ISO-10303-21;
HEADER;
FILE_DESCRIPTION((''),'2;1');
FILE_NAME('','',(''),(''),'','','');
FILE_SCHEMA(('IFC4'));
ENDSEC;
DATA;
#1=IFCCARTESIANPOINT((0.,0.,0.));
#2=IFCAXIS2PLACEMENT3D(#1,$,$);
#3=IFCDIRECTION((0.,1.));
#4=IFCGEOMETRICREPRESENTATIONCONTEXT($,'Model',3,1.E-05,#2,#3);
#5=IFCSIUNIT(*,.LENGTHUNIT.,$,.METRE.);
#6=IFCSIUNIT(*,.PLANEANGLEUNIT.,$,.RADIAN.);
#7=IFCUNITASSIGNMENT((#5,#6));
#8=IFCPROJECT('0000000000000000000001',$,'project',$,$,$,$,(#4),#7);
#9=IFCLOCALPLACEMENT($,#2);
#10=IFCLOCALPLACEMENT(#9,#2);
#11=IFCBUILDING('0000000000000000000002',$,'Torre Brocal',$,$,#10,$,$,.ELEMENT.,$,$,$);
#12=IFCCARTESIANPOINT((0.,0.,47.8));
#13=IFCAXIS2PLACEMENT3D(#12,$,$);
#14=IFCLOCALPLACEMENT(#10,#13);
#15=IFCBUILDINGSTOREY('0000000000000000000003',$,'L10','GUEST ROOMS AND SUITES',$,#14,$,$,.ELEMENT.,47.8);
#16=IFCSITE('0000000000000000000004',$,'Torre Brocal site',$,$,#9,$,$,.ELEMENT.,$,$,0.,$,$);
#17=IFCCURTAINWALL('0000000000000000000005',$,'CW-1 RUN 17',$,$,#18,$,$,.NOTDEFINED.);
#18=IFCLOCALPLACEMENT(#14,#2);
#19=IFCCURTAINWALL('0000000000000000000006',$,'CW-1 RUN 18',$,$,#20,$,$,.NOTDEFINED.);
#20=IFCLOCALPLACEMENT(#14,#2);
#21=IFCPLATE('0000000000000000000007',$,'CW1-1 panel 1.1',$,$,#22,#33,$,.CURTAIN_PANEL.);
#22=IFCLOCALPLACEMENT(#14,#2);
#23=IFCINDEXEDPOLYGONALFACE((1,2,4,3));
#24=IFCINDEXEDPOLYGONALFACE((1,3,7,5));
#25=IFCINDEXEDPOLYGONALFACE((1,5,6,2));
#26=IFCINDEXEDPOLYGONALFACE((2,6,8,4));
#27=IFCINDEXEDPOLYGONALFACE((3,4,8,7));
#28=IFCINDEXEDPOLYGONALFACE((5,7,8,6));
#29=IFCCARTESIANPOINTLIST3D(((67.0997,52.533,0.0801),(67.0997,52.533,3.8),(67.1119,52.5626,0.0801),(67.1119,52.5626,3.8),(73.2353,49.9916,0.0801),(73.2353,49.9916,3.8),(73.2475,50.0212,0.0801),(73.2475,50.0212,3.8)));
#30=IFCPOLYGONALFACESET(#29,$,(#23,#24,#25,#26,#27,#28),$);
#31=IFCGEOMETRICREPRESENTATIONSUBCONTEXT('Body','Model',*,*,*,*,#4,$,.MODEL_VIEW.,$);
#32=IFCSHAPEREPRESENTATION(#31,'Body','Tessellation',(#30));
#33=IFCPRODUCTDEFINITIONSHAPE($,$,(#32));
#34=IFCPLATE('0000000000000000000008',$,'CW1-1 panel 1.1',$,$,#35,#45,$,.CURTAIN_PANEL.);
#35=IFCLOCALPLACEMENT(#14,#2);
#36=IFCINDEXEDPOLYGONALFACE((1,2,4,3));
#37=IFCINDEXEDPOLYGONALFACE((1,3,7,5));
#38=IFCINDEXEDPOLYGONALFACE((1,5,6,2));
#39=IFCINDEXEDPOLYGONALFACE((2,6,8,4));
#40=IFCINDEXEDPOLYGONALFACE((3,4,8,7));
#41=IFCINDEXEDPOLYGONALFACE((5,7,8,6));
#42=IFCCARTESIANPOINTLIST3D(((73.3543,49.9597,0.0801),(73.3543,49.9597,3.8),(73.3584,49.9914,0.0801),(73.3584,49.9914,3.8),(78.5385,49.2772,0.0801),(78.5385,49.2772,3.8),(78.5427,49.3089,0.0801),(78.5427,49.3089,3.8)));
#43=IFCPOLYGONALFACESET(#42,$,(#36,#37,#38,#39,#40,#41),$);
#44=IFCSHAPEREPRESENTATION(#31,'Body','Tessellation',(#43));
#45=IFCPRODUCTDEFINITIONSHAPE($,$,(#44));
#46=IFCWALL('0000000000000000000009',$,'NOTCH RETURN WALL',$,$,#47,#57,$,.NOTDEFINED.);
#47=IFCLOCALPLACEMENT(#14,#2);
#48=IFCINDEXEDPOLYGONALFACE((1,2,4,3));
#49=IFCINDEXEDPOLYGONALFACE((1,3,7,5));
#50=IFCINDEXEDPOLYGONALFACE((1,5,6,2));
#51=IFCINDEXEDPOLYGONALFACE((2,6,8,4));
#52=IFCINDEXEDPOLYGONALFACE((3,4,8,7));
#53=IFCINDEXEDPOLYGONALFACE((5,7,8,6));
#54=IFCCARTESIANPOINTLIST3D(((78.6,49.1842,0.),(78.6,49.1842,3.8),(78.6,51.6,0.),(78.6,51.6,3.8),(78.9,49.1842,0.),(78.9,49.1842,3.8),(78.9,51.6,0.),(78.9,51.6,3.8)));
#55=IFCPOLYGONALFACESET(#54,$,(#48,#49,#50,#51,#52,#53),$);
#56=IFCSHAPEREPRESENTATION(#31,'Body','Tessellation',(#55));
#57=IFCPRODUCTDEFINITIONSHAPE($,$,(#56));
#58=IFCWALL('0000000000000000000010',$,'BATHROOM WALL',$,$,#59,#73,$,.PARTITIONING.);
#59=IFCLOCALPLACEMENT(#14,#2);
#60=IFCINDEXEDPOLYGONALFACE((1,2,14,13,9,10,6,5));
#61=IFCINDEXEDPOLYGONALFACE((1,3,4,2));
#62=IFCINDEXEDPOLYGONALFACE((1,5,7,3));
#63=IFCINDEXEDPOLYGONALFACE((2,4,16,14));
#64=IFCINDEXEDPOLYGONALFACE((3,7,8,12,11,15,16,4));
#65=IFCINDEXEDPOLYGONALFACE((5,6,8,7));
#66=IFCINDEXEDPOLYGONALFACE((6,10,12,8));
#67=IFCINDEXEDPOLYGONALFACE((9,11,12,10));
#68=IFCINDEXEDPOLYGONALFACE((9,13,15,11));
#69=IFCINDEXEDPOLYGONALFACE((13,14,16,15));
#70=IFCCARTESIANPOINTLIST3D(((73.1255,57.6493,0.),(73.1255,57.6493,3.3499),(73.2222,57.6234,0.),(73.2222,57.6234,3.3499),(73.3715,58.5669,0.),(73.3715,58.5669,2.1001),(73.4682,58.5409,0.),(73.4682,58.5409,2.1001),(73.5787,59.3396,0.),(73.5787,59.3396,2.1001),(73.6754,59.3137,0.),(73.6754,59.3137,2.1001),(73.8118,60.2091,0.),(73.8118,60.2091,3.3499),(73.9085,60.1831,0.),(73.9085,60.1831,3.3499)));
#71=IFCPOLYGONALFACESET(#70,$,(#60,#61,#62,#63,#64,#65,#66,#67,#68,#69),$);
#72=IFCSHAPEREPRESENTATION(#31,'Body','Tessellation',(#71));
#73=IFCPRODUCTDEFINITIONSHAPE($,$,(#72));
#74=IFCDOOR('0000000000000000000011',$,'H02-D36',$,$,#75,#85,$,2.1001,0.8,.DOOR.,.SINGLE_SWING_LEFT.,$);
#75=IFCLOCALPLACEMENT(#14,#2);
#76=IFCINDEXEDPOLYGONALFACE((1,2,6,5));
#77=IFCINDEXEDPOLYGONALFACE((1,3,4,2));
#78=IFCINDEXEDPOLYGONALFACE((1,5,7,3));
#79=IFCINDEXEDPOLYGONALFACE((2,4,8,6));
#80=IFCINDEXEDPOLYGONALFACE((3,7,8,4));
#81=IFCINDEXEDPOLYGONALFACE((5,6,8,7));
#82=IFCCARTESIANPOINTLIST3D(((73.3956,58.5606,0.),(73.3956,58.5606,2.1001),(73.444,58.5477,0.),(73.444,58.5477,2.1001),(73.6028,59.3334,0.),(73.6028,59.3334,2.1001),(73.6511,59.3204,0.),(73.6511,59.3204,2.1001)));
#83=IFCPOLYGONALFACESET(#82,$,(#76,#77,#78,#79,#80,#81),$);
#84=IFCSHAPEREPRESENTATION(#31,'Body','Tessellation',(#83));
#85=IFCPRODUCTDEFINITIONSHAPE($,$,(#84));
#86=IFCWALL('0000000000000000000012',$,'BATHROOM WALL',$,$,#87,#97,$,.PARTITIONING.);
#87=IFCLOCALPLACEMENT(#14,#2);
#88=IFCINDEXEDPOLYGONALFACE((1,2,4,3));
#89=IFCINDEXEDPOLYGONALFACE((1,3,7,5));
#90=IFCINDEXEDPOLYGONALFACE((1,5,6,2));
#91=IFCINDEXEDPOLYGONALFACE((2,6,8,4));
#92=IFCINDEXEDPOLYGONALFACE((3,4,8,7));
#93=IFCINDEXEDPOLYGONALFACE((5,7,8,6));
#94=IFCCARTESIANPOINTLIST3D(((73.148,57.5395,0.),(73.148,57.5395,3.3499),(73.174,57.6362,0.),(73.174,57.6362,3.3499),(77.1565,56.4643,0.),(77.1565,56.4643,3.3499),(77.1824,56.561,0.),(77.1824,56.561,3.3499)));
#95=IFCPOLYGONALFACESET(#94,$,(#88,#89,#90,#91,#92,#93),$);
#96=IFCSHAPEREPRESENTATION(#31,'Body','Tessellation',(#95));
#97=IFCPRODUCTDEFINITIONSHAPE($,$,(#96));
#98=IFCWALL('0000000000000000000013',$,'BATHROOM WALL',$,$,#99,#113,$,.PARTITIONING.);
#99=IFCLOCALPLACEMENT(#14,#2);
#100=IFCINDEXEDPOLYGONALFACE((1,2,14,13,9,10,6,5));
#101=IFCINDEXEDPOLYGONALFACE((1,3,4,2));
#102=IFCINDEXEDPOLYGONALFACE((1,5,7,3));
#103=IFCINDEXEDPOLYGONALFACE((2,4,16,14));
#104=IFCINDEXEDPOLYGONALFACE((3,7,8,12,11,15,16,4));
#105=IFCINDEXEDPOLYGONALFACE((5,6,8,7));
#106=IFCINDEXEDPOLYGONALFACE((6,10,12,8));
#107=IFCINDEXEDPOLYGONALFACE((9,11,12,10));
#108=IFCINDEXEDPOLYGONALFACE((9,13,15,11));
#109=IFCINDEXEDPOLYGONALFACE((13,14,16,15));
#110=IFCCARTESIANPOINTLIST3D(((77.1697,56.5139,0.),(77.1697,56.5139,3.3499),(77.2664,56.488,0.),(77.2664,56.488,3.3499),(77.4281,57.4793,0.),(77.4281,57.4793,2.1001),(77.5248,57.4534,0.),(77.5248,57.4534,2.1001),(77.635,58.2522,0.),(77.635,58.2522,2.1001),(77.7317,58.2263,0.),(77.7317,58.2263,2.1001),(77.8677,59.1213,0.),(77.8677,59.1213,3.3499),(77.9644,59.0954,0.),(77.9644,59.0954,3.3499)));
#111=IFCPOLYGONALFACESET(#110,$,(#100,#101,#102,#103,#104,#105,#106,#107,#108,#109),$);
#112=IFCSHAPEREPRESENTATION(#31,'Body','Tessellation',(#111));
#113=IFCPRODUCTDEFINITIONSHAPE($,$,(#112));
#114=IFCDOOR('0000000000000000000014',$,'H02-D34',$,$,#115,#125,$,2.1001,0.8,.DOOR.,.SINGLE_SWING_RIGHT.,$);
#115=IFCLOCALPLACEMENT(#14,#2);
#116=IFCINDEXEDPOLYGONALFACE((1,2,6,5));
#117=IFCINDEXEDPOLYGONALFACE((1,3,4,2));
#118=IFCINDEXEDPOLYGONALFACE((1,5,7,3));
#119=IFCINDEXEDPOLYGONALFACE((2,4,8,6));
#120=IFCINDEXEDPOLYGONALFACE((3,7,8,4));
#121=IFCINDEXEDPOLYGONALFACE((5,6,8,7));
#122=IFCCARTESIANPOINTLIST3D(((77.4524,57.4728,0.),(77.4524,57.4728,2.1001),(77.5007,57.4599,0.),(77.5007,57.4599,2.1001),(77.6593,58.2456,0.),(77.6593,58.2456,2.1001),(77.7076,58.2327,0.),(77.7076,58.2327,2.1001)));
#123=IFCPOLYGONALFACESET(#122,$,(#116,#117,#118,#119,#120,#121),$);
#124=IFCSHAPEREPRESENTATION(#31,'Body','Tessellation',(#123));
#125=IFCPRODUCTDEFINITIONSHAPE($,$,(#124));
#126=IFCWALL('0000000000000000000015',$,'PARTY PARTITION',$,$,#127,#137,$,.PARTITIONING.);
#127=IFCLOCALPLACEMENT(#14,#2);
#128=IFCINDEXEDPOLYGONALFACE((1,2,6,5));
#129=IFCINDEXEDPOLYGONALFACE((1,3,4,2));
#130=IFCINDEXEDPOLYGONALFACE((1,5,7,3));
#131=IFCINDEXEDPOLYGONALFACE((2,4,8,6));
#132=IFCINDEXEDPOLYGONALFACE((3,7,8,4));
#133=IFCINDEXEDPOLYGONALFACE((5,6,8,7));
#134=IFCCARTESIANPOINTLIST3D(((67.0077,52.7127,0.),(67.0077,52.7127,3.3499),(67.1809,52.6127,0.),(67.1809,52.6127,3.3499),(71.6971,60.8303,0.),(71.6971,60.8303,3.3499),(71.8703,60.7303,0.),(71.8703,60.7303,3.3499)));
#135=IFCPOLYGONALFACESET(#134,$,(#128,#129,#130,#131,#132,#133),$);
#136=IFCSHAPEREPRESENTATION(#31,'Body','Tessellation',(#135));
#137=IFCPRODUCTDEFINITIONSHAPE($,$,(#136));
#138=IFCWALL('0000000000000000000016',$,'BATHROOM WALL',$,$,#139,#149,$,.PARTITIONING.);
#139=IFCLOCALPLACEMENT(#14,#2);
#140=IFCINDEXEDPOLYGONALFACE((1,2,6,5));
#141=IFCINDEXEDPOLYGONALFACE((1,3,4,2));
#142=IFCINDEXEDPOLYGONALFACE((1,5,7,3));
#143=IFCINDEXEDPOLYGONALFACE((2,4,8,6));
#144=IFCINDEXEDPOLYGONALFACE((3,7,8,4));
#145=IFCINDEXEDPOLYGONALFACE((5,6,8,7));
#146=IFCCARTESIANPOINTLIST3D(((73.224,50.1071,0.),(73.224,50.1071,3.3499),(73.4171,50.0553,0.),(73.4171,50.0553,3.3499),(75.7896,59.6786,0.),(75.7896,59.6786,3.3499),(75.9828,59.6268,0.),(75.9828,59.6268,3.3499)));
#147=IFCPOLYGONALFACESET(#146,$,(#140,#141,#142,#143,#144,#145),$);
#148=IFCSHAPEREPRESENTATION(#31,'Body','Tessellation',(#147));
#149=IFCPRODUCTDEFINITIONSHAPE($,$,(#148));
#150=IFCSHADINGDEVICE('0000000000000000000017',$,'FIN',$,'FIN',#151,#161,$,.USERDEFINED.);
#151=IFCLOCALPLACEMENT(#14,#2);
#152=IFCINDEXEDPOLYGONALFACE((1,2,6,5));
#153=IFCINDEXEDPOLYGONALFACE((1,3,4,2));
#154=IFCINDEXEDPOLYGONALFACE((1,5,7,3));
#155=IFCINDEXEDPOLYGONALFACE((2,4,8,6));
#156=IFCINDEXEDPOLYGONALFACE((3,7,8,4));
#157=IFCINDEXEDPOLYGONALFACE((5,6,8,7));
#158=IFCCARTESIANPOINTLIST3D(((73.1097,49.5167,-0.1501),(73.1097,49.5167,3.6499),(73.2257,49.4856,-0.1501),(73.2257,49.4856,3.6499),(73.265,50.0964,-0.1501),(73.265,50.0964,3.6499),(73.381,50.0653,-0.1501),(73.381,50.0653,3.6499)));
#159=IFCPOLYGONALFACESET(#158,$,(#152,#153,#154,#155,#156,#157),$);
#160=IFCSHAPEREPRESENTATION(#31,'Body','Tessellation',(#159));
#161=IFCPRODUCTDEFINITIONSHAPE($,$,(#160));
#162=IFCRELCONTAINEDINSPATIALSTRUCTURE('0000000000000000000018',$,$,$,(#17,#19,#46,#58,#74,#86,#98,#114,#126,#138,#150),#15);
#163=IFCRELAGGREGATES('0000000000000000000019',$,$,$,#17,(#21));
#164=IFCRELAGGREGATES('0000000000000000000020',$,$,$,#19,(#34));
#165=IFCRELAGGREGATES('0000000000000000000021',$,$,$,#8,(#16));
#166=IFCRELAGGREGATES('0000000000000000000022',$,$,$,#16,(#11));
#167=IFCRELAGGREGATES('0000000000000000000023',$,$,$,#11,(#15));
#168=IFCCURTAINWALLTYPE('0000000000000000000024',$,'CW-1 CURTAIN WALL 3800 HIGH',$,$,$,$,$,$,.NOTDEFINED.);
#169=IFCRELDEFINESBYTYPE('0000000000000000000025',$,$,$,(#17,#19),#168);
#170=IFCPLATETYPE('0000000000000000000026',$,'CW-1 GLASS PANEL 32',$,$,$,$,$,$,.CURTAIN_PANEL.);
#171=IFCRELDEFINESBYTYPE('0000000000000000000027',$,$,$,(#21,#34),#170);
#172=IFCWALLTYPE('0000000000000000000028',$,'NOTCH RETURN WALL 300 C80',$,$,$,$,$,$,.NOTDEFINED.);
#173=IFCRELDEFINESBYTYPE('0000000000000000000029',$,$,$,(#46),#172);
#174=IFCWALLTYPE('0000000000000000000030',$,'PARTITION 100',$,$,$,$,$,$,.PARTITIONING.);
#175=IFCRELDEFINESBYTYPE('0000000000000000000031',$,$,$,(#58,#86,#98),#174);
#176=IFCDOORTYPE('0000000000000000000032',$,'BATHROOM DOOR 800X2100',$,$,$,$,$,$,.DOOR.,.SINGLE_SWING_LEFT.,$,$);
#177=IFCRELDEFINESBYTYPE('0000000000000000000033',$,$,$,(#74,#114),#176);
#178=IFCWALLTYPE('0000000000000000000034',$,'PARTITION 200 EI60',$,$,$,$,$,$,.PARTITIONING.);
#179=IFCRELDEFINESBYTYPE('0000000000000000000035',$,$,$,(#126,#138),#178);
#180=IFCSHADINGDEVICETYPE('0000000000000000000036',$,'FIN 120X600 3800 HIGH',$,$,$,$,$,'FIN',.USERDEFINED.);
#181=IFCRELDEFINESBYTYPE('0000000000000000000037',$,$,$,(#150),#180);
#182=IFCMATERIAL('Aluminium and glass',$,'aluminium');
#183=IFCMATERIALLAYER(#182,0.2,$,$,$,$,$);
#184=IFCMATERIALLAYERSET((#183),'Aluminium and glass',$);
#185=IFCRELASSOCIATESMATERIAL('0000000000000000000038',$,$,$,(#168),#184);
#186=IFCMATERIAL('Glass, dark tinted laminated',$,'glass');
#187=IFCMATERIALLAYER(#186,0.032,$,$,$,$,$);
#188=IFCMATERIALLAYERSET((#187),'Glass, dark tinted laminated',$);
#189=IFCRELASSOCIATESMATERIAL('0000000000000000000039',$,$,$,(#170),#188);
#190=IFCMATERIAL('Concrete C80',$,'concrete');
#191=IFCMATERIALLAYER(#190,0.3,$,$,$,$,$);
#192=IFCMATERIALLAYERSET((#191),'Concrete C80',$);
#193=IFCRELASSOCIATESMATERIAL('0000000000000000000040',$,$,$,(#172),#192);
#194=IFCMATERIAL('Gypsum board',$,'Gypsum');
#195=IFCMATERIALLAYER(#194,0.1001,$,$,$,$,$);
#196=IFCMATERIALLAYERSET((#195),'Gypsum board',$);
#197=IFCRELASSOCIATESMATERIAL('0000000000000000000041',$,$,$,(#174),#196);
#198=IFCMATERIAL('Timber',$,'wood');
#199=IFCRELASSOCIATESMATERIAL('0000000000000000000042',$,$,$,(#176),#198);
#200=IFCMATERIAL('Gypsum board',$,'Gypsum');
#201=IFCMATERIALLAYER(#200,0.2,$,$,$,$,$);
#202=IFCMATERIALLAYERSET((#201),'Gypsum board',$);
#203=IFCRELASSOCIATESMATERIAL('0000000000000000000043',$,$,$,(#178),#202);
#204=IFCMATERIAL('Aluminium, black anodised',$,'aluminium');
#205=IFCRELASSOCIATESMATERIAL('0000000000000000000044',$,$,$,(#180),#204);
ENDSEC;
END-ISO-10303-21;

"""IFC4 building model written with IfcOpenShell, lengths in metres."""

from ifc_helpers import new_model, si_unit, direction, frame, frame_2d, origin, origin_2d, place, context, subcontext, project, spatial, rectangle, extrude, material, layer, layer_set, material_profile, profile_set, type_object, element, fill, aggregate, save


model = new_model("IFC4")

# Units and contexts
model_context = context("Model", 3, precision=1e-05, world=origin(), true_north=direction((0.0, 1.0)))
body_context = subcontext(model_context, "Body", "Model", "MODEL_VIEW")
ifc_project = project(units=[si_unit("LENGTHUNIT", "METRE"), si_unit("PLANEANGLEUNIT", "RADIAN")], contexts=[model_context])

# Site, building, storey
site_placement = place(None, origin())
site = spatial("IfcSite", under=ifc_project, at=site_placement, Name="Torre Brocal site", CompositionType="ELEMENT", RefElevation=0.0)
building_placement = place(site_placement, origin())
building = spatial("IfcBuilding", under=site, at=building_placement, Name="Torre Brocal", CompositionType="ELEMENT")
storey_placement = place(building_placement, frame((0.0, 0.0, 47.8)))
storey = spatial("IfcBuildingStorey", under=building, at=storey_placement, Name="L10", Description="GUEST ROOMS AND SUITES", CompositionType="ELEMENT", Elevation=47.8)

# Shared definitions
ifc_material_1 = material(Name="Aluminium and glass", Category="aluminium")
ifc_layer_1 = layer(ifc_material_1, 0.2)
ifc_layer_set_1 = layer_set([ifc_layer_1], Name="Aluminium and glass")
curtain_wall_type = type_object("IfcCurtainWallType", Name="CW-1 CURTAIN WALL 3800 HIGH", PredefinedType="NOTDEFINED", material=ifc_layer_set_1)

# Curtain walls
curtain_wall_1_placement = place(storey_placement, origin())
curtain_wall_1 = element("IfcCurtainWall", 1, at=curtain_wall_1_placement, inside=storey, type_object=curtain_wall_type, Name="CW-1 RUN 17", PredefinedType="NOTDEFINED")
curtain_wall_2_placement = place(storey_placement, origin())
curtain_wall_2 = element("IfcCurtainWall", 2, at=curtain_wall_2_placement, inside=storey, type_object=curtain_wall_type, Name="CW-1 RUN 18", PredefinedType="NOTDEFINED")

# Plates
ifc_material_2 = material(Name="Glass, dark tinted laminated", Category="glass")
ifc_layer_2 = layer(ifc_material_2, 0.032)
ifc_layer_set_2 = layer_set([ifc_layer_2], Name="Glass, dark tinted laminated")
plate_type = type_object("IfcPlateType", Name="CW-1 GLASS PANEL 32", PredefinedType="CURTAIN_PANEL", material=ifc_layer_set_2)
plate_1_placement = place(storey_placement, frame((70.1736, 51.2771, 0.0801), z_axis=(0.0, 0.0, 1.0), x_axis=(0.92388, -0.382683, 0.0)))
plate_1 = element("IfcPlate", 3, at=plate_1_placement, type_object=plate_type, Name="CW1-1 panel 1.1", PredefinedType="CURTAIN_PANEL", context=body_context, shape_type="SweptSolid", body=[
    extrude(rectangle(XDim=6.6411, YDim=0.032, at=origin_2d()), origin(), (0.0, 0.0, 1.0), 3.72),
])
aggregate(curtain_wall_1, [plate_1])
plate_2_placement = place(storey_placement, frame((75.9485, 49.6343, 0.0801), z_axis=(0.0, 0.0, 1.0), x_axis=(0.991445, -0.130526, 0.0)))
plate_2 = element("IfcPlate", 4, at=plate_2_placement, type_object=plate_type, Name="CW1-1 panel 1.1", PredefinedType="CURTAIN_PANEL", context=body_context, shape_type="SweptSolid", body=[
    extrude(rectangle(XDim=5.229, YDim=0.032, at=origin_2d()), origin(), (0.0, 0.0, 1.0), 3.72),
])
aggregate(curtain_wall_2, [plate_2])

# Wall
ifc_material_3 = material(Name="Concrete C80", Category="concrete")
ifc_layer_3 = layer(ifc_material_3, 0.3)
ifc_layer_set_3 = layer_set([ifc_layer_3], Name="Concrete C80")
wall_type_1 = type_object("IfcWallType", Name="NOTCH RETURN WALL 300 C80", PredefinedType="NOTDEFINED", material=ifc_layer_set_3)
wall_1_placement = place(storey_placement, frame((78.75, 51.6001, 0.0), z_axis=(0.0, 0.0, 1.0), x_axis=(0.0, -1.0, 0.0)))
element("IfcWall", 5, at=wall_1_placement, inside=storey, type_object=wall_type_1, Name="NOTCH RETURN WALL", PredefinedType="NOTDEFINED", context=body_context, shape_type="SweptSolid", body=[
    extrude(rectangle(XDim=2.4158, YDim=0.3, at=frame_2d((1.208, 0.0))), origin(), (0.0, 0.0, 1.0), 3.8),
])

# Wall, opening, door
ifc_material_4 = material(Name="Gypsum board", Category="Gypsum")
ifc_layer_4 = layer(ifc_material_4, 0.1001)
ifc_layer_set_4 = layer_set([ifc_layer_4], Name="Gypsum board")
wall_type_2 = type_object("IfcWallType", Name="PARTITION 100", PredefinedType="PARTITIONING", material=ifc_layer_set_4)
wall_2_placement = place(storey_placement, frame((73.1738, 57.6362, 0.0), z_axis=(0.0, 0.0, 1.0), x_axis=(0.258952, 0.96589, 0.0)))
wall_2 = element("IfcWall", 6, at=wall_2_placement, inside=storey, type_object=wall_type_2, Name="BATHROOM WALL", PredefinedType="PARTITIONING", context=body_context, shape_type="SweptSolid", body=[
    extrude(rectangle(XDim=2.6501, YDim=0.1001, at=frame_2d((1.3252, 0.0))), origin(), (0.0, 0.0, 1.0), 3.3499),
])
opening_1_placement = place(wall_2_placement, frame((0.9502, 0.0, 0.0)))
opening_1 = element("IfcOpeningElement", 7, at=opening_1_placement, cuts=wall_2, PredefinedType="OPENING", context=body_context, shape_type="SweptSolid", body=[
    extrude(rectangle(XDim=0.8, YDim=2.1001, at=frame_2d((0.3999, 1.05))), frame((0.0, 0.0601, 0.0), z_axis=(0.0, -1.0, 0.0), x_axis=(1.0, 0.0, 0.0)), (0.0, 0.0, 1.0), 0.1201),
])
ifc_material_5 = material(Name="Timber", Category="wood")
door_type = type_object("IfcDoorType", Name="BATHROOM DOOR 800X2100", OperationType="SINGLE_SWING_LEFT", PredefinedType="DOOR", material=ifc_material_5)
door_1_placement = place(opening_1_placement, frame((0.8, 0.0, 0.0), z_axis=(0.0, 0.0, 1.0), x_axis=(-1.0, 0.0, 0.0)))
door_1 = element("IfcDoor", 8, at=door_1_placement, inside=storey, type_object=door_type, Name="H02-D36", OperationType="SINGLE_SWING_LEFT", OverallHeight=2.1001, OverallWidth=0.8, PredefinedType="DOOR", context=body_context, shape_type="SweptSolid", body=[
    extrude(rectangle(XDim=0.8, YDim=2.1001, at=frame_2d((0.3999, 1.05))), frame((0.0, 0.0249, 0.0), z_axis=(0.0, -1.0, 0.0), x_axis=(1.0, 0.0, 0.0)), (0.0, 0.0, 1.0), 0.05),
])
fill(opening_1, door_1)

# Wall
wall_3_placement = place(storey_placement, frame((73.1609, 57.5879, 0.0), z_axis=(0.0, 0.0, 1.0), x_axis=(0.965859, -0.259068, 0.0)))
element("IfcWall", 9, at=wall_3_placement, inside=storey, type_object=wall_type_2, Name="BATHROOM WALL", PredefinedType="PARTITIONING", context=body_context, shape_type="SweptSolid", body=[
    extrude(rectangle(XDim=4.1501, YDim=0.1001, at=frame_2d((2.0752, 0.0))), origin(), (0.0, 0.0, 1.0), 3.3499),
])

# Wall, opening, door
wall_4_placement = place(storey_placement, frame((77.218, 56.501, 0.0), z_axis=(0.0, 0.0, 1.0), x_axis=(0.258591, 0.965987, 0.0)))
wall_4 = element("IfcWall", 10, at=wall_4_placement, inside=storey, type_object=wall_type_2, Name="BATHROOM WALL", PredefinedType="PARTITIONING", context=body_context, shape_type="SweptSolid", body=[
    extrude(rectangle(XDim=2.6992, YDim=0.1001, at=frame_2d((1.3496, 0.0))), origin(), (0.0, 0.0, 1.0), 3.3499),
])
opening_2_placement = place(wall_4_placement, frame((0.9995, 0.0, 0.0)))
opening_2 = element("IfcOpeningElement", 11, at=opening_2_placement, cuts=wall_4, PredefinedType="OPENING", context=body_context, shape_type="SweptSolid", body=[
    extrude(rectangle(XDim=0.8, YDim=2.1001, at=frame_2d((0.3999, 1.05))), frame((0.0, 0.0601, 0.0), z_axis=(0.0, -1.0, 0.0), x_axis=(1.0, 0.0, 0.0)), (0.0, 0.0, 1.0), 0.1201),
])
door_2_placement = place(opening_2_placement, origin())
door_2 = element("IfcDoor", 12, at=door_2_placement, inside=storey, type_object=door_type, Name="H02-D34", OperationType="SINGLE_SWING_RIGHT", OverallHeight=2.1001, OverallWidth=0.8, PredefinedType="DOOR", context=body_context, shape_type="SweptSolid", body=[
    extrude(rectangle(XDim=0.8, YDim=2.1001, at=frame_2d((0.3999, 1.05))), frame((0.0, 0.0249, 0.0), z_axis=(0.0, -1.0, 0.0), x_axis=(1.0, 0.0, 0.0)), (0.0, 0.0, 1.0), 0.05),
])
fill(opening_2, door_2)

# Walls
ifc_material_6 = material(Name="Gypsum board", Category="Gypsum")
ifc_layer_5 = layer(ifc_material_6, 0.2)
ifc_layer_set_5 = layer_set([ifc_layer_5], Name="Gypsum board")
wall_type_3 = type_object("IfcWallType", Name="PARTITION 200 EI60", PredefinedType="PARTITIONING", material=ifc_layer_set_5)
wall_5_placement = place(storey_placement, frame((67.0942, 52.6626, 0.0), z_axis=(0.0, 0.0, 1.0), x_axis=(0.500217, 0.8659, 0.0)))
element("IfcWall", 13, at=wall_5_placement, inside=storey, type_object=wall_type_3, Name="PARTY PARTITION", PredefinedType="PARTITIONING", context=body_context, shape_type="SweptSolid", body=[
    extrude(rectangle(XDim=9.3748, YDim=0.2, at=frame_2d((4.6875, 0.0))), origin(), (0.0, 0.0, 1.0), 3.3499),
])
wall_6_placement = place(storey_placement, frame((73.3206, 50.0813, 0.0), z_axis=(0.0, 0.0, 1.0), x_axis=(0.258912, 0.965901, 0.0)))
element("IfcWall", 14, at=wall_6_placement, inside=storey, type_object=wall_type_3, Name="BATHROOM WALL", PredefinedType="PARTITIONING", context=body_context, shape_type="SweptSolid", body=[
    extrude(rectangle(XDim=9.9094, YDim=0.2, at=frame_2d((4.9546, 0.0))), origin(), (0.0, 0.0, 1.0), 3.3499),
])

# Shading device
ifc_material_7 = material(Name="Aluminium, black anodised", Category="aluminium")
ifc_material_profile_1 = material_profile(ifc_material_7, rectangle(XDim=0.1201, YDim=0.6001, at=origin_2d()), Name="FIN 120X600 3800 HIGH")
ifc_profile_set_1 = profile_set([ifc_material_profile_1], Name="Aluminium, black anodised")
shading_device_type = type_object("IfcShadingDeviceType", Name="FIN 120X600 3800 HIGH", ElementType="FIN", PredefinedType="USERDEFINED", material=ifc_profile_set_1)
shading_device_placement = place(storey_placement, frame((73.2454, 49.791, -0.1501), z_axis=(0.0, 0.0, 1.0), x_axis=(0.965926, -0.258819, 0.0)))
element("IfcShadingDevice", 15, at=shading_device_placement, inside=storey, type_object=shading_device_type, Name="FIN", ObjectType="FIN", PredefinedType="USERDEFINED", context=body_context, shape_type="SweptSolid", body=[
    extrude(rectangle(XDim=0.1201, YDim=0.6001, at=origin_2d()), origin(), (0.0, 0.0, 1.0), 3.8),
])

save(model, "model.ifc")
